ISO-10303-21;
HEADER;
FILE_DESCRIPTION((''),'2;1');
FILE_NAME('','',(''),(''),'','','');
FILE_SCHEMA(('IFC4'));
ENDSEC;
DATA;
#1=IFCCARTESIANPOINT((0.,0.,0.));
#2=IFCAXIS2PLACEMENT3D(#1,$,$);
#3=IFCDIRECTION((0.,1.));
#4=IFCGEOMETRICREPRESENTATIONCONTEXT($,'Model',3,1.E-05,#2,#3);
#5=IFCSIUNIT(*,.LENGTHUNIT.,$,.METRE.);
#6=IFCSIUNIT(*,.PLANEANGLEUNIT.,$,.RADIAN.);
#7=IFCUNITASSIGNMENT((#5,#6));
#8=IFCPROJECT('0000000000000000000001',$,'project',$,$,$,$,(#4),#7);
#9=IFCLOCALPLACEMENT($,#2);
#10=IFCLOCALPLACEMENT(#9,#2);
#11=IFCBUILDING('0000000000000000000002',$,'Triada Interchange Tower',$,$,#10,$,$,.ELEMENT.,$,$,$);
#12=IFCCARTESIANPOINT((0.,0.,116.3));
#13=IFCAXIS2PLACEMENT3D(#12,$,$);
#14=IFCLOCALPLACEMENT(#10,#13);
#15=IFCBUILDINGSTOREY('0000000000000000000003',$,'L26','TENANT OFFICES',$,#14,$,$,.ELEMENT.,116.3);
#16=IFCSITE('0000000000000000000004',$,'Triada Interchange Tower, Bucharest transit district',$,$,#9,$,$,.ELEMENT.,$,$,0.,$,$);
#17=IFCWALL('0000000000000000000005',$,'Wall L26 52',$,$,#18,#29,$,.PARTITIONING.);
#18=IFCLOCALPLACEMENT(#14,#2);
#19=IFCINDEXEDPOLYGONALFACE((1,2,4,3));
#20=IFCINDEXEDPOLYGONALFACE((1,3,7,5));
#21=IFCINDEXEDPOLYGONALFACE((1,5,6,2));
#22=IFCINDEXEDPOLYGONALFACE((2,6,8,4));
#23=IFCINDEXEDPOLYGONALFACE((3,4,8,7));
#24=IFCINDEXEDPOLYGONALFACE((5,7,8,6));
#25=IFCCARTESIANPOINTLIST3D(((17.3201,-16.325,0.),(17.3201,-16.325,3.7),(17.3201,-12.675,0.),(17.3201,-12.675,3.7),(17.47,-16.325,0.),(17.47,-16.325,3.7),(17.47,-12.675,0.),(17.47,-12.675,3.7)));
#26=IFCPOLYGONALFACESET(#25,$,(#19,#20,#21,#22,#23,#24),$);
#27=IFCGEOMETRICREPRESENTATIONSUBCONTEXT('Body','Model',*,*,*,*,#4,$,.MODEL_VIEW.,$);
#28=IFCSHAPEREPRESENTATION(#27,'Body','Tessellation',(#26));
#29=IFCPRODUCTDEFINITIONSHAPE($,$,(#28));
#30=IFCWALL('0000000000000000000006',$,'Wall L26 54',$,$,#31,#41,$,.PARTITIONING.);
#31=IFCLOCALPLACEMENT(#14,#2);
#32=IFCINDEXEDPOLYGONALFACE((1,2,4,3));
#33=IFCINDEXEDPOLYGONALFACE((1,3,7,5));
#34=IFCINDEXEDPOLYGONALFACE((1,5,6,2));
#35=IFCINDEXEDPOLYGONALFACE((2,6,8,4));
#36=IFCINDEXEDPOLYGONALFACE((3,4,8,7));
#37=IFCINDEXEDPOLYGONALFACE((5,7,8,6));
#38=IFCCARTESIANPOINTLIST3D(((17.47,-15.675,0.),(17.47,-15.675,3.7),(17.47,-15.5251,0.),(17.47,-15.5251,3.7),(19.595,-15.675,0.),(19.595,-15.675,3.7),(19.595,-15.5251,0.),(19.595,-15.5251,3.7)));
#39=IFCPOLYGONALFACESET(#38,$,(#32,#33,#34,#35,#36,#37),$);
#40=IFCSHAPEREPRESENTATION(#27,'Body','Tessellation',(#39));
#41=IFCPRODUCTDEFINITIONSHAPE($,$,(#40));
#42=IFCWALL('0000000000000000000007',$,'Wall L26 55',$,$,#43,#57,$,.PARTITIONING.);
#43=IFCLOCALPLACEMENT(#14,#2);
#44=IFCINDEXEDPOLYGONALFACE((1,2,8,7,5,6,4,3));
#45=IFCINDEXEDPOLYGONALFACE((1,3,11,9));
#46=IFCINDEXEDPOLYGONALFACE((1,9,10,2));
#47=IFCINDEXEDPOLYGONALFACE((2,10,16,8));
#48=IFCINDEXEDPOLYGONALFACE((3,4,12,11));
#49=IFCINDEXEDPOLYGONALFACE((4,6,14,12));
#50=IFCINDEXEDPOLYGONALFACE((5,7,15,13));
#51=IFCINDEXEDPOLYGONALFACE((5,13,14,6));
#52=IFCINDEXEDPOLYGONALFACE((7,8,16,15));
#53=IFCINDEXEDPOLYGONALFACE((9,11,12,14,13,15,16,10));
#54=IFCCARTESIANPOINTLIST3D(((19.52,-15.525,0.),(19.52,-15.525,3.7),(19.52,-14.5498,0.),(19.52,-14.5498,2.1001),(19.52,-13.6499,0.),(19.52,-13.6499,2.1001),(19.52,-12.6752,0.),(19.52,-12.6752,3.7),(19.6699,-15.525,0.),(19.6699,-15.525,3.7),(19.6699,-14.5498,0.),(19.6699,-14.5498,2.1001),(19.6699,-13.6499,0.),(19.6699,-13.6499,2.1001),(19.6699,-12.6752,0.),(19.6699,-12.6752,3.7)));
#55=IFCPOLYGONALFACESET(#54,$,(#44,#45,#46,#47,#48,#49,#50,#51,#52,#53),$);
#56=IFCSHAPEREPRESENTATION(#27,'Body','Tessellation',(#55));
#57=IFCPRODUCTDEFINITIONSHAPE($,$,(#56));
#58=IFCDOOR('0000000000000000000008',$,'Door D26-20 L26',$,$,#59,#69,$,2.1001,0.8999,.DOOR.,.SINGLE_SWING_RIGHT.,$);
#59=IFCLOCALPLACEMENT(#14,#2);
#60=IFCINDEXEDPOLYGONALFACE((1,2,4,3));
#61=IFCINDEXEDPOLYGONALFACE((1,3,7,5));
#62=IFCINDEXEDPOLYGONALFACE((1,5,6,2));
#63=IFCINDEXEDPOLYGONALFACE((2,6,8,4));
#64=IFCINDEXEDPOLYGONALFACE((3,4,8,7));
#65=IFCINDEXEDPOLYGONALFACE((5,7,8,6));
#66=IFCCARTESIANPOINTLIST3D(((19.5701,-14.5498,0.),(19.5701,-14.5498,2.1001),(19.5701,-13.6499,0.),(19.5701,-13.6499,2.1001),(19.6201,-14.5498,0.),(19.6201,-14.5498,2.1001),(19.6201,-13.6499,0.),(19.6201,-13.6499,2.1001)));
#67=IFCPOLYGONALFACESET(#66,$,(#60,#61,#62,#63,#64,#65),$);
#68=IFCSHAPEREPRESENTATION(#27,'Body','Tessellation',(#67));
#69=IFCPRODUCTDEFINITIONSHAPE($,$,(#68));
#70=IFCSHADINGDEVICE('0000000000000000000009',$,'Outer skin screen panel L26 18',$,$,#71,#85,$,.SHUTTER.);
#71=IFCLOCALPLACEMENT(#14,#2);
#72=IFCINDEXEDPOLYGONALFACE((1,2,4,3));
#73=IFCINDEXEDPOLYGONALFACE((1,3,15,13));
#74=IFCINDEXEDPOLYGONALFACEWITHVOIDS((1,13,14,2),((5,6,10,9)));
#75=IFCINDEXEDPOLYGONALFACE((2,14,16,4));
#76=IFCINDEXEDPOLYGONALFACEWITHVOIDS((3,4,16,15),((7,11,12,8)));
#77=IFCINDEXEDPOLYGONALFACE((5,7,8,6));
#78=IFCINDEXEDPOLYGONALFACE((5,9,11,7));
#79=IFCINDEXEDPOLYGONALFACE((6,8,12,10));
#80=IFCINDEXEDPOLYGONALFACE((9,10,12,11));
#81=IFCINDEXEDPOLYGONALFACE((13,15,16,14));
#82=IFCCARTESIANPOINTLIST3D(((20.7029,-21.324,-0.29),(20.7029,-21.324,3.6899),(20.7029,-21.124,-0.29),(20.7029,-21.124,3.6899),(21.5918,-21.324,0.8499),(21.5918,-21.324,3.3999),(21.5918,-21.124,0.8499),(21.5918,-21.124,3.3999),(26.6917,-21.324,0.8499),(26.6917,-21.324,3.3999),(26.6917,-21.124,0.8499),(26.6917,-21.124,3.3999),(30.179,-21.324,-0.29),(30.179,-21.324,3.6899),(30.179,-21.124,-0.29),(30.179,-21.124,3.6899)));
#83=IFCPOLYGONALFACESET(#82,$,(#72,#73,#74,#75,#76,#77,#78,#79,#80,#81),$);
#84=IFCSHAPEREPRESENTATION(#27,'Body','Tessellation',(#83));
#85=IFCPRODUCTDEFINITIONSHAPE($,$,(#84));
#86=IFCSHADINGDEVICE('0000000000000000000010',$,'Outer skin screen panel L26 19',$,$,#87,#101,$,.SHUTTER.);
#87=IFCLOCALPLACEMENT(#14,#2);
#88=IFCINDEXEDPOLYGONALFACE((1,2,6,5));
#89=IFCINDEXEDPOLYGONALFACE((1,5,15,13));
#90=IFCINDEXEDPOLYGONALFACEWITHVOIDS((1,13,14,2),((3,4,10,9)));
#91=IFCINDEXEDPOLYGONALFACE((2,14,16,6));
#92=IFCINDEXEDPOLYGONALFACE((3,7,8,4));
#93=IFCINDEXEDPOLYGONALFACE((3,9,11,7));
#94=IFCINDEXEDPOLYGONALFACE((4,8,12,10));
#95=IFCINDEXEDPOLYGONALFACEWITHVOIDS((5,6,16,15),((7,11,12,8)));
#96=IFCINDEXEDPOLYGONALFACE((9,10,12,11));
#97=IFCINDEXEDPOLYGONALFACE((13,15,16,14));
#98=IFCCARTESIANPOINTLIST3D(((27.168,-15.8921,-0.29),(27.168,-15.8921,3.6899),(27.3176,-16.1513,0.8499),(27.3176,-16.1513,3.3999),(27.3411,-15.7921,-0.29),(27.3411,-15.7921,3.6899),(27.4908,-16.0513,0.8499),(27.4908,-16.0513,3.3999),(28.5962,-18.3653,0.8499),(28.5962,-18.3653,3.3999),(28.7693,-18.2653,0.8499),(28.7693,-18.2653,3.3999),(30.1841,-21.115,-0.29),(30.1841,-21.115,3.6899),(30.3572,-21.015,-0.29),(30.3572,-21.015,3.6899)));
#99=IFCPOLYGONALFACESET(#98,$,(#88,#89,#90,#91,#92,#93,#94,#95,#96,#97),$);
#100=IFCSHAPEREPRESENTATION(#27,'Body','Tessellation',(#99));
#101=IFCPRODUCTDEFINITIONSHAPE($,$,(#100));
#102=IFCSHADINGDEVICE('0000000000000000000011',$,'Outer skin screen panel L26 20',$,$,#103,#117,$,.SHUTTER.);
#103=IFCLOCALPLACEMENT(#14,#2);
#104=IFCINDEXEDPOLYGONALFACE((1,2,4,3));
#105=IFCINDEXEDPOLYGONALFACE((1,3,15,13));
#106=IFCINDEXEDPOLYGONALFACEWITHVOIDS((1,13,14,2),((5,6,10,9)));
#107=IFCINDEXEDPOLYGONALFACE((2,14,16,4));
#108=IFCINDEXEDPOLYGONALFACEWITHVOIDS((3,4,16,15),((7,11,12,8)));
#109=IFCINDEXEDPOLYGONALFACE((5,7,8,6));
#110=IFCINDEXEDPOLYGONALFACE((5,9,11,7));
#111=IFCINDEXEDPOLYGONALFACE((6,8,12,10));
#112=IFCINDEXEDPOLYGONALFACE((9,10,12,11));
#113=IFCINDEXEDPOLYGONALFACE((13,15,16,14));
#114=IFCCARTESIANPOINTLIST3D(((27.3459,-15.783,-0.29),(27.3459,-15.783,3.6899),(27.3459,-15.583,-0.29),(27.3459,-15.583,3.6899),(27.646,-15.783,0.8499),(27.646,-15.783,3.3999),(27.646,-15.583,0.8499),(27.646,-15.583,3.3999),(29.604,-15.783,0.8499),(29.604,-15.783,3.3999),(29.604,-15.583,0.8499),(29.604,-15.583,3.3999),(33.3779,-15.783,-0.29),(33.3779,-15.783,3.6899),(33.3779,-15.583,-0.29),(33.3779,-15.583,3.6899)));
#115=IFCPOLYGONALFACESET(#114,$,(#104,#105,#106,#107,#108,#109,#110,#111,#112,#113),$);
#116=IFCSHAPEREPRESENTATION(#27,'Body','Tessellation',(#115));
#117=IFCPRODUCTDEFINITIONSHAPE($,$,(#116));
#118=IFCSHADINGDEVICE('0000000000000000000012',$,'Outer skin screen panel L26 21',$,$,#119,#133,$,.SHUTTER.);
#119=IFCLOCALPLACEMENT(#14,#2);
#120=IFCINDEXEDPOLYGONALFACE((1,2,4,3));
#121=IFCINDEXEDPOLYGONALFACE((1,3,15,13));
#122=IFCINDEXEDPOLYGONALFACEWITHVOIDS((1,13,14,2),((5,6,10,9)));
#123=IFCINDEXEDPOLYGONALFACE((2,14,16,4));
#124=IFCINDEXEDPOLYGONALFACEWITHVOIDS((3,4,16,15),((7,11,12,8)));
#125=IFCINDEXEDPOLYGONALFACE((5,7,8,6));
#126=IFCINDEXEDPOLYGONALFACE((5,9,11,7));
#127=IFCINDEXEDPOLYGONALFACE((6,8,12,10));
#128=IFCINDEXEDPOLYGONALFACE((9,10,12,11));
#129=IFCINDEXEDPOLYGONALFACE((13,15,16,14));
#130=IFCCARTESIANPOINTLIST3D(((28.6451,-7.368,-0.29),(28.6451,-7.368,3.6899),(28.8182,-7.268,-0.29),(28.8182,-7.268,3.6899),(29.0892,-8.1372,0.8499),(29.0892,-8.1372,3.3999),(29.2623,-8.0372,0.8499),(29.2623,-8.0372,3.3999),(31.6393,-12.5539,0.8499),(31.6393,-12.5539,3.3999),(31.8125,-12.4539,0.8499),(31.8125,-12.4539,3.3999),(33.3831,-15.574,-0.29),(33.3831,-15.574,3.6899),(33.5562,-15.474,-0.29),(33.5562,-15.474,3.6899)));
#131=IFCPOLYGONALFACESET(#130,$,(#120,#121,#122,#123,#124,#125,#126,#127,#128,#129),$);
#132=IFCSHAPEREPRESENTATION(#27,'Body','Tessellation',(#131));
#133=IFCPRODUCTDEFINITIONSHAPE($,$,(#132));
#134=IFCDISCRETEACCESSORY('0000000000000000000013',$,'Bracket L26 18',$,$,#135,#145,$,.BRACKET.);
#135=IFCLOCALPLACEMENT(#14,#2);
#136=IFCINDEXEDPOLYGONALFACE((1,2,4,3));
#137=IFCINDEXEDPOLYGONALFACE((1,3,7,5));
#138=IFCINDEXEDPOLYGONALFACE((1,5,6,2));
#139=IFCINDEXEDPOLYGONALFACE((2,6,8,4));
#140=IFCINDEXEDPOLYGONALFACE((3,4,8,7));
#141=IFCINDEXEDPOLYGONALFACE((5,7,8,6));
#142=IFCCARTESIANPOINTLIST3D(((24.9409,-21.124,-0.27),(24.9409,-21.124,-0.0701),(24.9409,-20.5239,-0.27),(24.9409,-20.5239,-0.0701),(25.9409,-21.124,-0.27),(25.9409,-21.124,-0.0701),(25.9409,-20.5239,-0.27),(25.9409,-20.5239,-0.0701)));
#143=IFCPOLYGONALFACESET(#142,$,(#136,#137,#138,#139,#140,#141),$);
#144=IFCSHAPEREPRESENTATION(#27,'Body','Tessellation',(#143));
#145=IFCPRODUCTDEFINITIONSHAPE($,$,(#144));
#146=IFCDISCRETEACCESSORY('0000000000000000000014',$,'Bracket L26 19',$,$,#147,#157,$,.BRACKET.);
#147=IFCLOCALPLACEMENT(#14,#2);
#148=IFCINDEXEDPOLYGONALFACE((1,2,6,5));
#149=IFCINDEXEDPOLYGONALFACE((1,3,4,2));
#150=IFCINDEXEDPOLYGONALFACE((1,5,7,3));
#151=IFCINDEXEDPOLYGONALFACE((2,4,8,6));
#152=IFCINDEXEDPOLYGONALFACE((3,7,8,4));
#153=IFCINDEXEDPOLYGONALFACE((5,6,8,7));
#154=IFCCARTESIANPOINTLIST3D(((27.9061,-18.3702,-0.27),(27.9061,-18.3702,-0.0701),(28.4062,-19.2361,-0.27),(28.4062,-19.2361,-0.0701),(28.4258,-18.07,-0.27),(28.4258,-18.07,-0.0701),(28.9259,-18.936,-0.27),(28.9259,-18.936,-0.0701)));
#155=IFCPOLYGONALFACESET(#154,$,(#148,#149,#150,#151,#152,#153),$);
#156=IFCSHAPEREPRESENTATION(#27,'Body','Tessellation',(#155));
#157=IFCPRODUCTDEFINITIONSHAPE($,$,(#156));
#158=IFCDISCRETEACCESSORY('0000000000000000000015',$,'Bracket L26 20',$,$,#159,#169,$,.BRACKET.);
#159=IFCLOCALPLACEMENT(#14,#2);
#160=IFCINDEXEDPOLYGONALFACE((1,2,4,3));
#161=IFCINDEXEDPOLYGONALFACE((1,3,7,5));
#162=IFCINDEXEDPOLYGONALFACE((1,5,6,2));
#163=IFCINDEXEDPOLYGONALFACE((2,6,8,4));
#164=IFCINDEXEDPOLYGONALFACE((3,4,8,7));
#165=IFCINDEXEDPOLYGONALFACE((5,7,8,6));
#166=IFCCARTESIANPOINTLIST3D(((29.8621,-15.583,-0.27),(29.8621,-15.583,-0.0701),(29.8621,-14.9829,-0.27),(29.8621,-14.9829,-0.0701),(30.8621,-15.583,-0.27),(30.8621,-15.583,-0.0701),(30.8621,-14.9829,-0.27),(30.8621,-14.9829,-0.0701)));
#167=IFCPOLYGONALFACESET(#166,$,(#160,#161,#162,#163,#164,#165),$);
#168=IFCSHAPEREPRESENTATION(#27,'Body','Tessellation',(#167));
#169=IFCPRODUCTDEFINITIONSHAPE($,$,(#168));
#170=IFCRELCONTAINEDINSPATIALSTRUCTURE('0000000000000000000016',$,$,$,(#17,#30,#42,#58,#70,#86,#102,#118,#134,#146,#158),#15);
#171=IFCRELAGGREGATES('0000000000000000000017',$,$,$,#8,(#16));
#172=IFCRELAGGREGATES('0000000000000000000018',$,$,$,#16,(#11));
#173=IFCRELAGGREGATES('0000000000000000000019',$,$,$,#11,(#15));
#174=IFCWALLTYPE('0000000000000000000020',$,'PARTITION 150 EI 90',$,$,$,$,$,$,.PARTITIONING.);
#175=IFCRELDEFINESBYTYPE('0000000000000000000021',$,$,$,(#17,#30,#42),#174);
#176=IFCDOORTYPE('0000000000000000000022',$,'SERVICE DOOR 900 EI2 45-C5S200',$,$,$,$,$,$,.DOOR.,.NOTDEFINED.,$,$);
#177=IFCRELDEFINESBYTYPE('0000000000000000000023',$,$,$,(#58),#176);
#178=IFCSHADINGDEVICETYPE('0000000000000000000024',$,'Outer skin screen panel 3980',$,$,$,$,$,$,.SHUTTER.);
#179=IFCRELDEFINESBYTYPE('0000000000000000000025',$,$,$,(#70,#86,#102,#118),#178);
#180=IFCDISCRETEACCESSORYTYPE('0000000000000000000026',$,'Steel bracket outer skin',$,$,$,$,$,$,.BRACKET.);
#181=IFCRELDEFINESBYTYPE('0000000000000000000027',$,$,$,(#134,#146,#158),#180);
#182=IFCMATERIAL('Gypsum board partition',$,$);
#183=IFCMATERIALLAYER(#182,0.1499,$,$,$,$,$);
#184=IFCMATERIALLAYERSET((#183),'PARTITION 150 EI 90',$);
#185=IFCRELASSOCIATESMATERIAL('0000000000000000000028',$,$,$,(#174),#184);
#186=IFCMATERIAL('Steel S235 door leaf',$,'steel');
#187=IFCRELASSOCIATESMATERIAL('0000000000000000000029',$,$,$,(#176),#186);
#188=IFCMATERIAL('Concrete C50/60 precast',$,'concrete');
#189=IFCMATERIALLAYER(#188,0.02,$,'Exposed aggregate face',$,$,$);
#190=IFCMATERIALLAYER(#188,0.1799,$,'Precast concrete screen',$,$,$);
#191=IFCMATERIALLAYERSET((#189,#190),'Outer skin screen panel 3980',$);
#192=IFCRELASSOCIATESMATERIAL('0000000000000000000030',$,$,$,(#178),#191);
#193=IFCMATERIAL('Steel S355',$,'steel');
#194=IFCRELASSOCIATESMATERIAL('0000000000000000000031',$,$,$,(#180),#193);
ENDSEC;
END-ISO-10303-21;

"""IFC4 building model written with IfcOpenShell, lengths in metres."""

from ifc_helpers import new_model, si_unit, direction, frame, frame_2d, origin, origin_2d, place, context, subcontext, project, spatial, polyline, rectangle, outline, extrude, material, layer, layer_set, type_object, element, fill, save


model = new_model("IFC4")

# Units and contexts
model_context = context("Model", 3, precision=1e-05, world=origin(), true_north=direction((0.0, 1.0)))
body_context = subcontext(model_context, "Body", "Model", "MODEL_VIEW")
ifc_project = project(units=[si_unit("LENGTHUNIT", "METRE"), si_unit("PLANEANGLEUNIT", "RADIAN")], contexts=[model_context])

# Site, building, storey
site_placement = place(None, origin())
site = spatial("IfcSite", under=ifc_project, at=site_placement, Name="Triada Interchange Tower, Bucharest transit district", CompositionType="ELEMENT", RefElevation=0.0)
building_placement = place(site_placement, origin())
building = spatial("IfcBuilding", under=site, at=building_placement, Name="Triada Interchange Tower", CompositionType="ELEMENT")
storey_placement = place(building_placement, frame((0.0, 0.0, 116.3)))
storey = spatial("IfcBuildingStorey", under=building, at=storey_placement, Name="L26", Description="TENANT OFFICES", CompositionType="ELEMENT", Elevation=116.3)

# Walls
ifc_material_1 = material(Name="Gypsum board partition")
ifc_layer_1 = layer(ifc_material_1, 0.1499)
ifc_layer_set_1 = layer_set([ifc_layer_1], Name="PARTITION 150 EI 90")
wall_type_1 = type_object("IfcWallType", Name="PARTITION 150 EI 90", PredefinedType="PARTITIONING", material=ifc_layer_set_1)
wall_1_placement = place(storey_placement, frame((17.395, -16.325, 0.0), z_axis=(0.0, 0.0, 1.0), x_axis=(0.0, 1.0, 0.0)))
element("IfcWall", 1, at=wall_1_placement, inside=storey, type_object=wall_type_1, Name="Wall L26 52", PredefinedType="PARTITIONING", context=body_context, shape_type="SweptSolid", body=[
    extrude(rectangle(XDim=3.6499, YDim=0.1499, at=frame_2d((1.825, 0.0))), origin(), (0.0, 0.0, 1.0), 3.7),
])
wall_2_placement = place(storey_placement, frame((17.47, -15.6001, 0.0), z_axis=(0.0, 0.0, 1.0), x_axis=(1.0, 0.0, 0.0)))
element("IfcWall", 2, at=wall_2_placement, inside=storey, type_object=wall_type_1, Name="Wall L26 54", PredefinedType="PARTITIONING", context=body_context, shape_type="SweptSolid", body=[
    extrude(rectangle(XDim=2.125, YDim=0.1499, at=frame_2d((1.0625, 0.0))), origin(), (0.0, 0.0, 1.0), 3.7),
])

# Wall, opening, door
wall_3_placement = place(storey_placement, frame((19.595, -15.5249, 0.0), z_axis=(0.0, 0.0, 1.0), x_axis=(0.0, 1.0, 0.0)))
wall_3 = element("IfcWall", 3, at=wall_3_placement, inside=storey, type_object=wall_type_1, Name="Wall L26 55", PredefinedType="PARTITIONING", context=body_context, shape_type="SweptSolid", body=[
    extrude(rectangle(XDim=2.8499, YDim=0.1499, at=frame_2d((1.4248, 0.0))), origin(), (0.0, 0.0, 1.0), 3.7),
])
opening_1_placement = place(wall_3_placement, frame((0.9751, 0.0, 0.0)))
opening_1 = element("IfcOpeningElement", 4, at=opening_1_placement, cuts=wall_3, PredefinedType="OPENING", context=body_context, shape_type="SweptSolid", body=[
    extrude(rectangle(XDim=0.8999, YDim=2.1001, at=frame_2d((0.45, 1.05))), frame((0.0, 0.085, 0.0), z_axis=(0.0, -1.0, 0.0), x_axis=(1.0, 0.0, 0.0)), (0.0, 0.0, 1.0), 0.1699),
])
ifc_material_2 = material(Name="Steel S235 door leaf", Category="steel")
door_type = type_object("IfcDoorType", Name="SERVICE DOOR 900 EI2 45-C5S200", OperationType="NOTDEFINED", PredefinedType="DOOR", material=ifc_material_2)
door_placement = place(opening_1_placement, origin())
door = element("IfcDoor", 5, at=door_placement, inside=storey, type_object=door_type, Name="Door D26-20 L26", OperationType="SINGLE_SWING_RIGHT", OverallHeight=2.1001, OverallWidth=0.8999, PredefinedType="DOOR", context=body_context, shape_type="SweptSolid", body=[
    extrude(rectangle(XDim=0.8999, YDim=2.1001, at=frame_2d((0.45, 1.05))), frame((0.0, 0.0249, 0.0), z_axis=(0.0, -1.0, 0.0), x_axis=(1.0, 0.0, 0.0)), (0.0, 0.0, 1.0), 0.05),
])
fill(opening_1, door)

# Shading devices
ifc_material_3 = material(Name="Concrete C50/60 precast", Category="concrete")
ifc_layer_2 = layer(ifc_material_3, 0.02, Name="Exposed aggregate face")
ifc_layer_3 = layer(ifc_material_3, 0.1799, Name="Precast concrete screen")
ifc_layer_set_2 = layer_set([ifc_layer_2, ifc_layer_3], Name="Outer skin screen panel 3980")
shading_device_type = type_object("IfcShadingDeviceType", Name="Outer skin screen panel 3980", PredefinedType="SHUTTER", material=ifc_layer_set_2)
shading_device_1_placement = place(storey_placement, frame((20.7029, -21.124, -0.29), z_axis=(0.0, 0.0, 1.0), x_axis=(1.0, 0.0, 0.0)))
element("IfcShadingDevice", 6, at=shading_device_1_placement, inside=storey, type_object=shading_device_type, Name="Outer skin screen panel L26 18", PredefinedType="SHUTTER", context=body_context, shape_type="SweptSolid", body=[
    extrude(outline(polyline([(0.0, 0.0), (9.4761, 0.0), (9.4761, 3.98), (0.0, 3.98), (0.0, 0.0)]), holes=[polyline([(0.8889, 1.1399), (0.8889, 3.6899), (5.9888, 3.6899), (5.9888, 1.1399), (0.8889, 1.1399)])]), frame((0.0, 0.0, 0.0), z_axis=(0.0, -1.0, 0.0), x_axis=(1.0, 0.0, 0.0)), (0.0, 0.0, 1.0), 0.2),
])
shading_device_2_placement = place(storey_placement, frame((30.1841, -21.115, -0.29), z_axis=(0.0, 0.0, 1.0), x_axis=(-0.500083, 0.865977, 0.0)))
element("IfcShadingDevice", 7, at=shading_device_2_placement, inside=storey, type_object=shading_device_type, Name="Outer skin screen panel L26 19", PredefinedType="SHUTTER", context=body_context, shape_type="SweptSolid", body=[
    extrude(outline(polyline([(0.0, 0.0), (6.0312, 0.0), (6.0312, 3.98), (0.0, 3.98), (0.0, 0.0)]), holes=[polyline([(3.1753, 1.1399), (3.1753, 3.6899), (5.7319, 3.6899), (5.7319, 1.1399), (3.1753, 1.1399)])]), frame((0.0, 0.0, 0.0), z_axis=(0.0, -1.0, 0.0), x_axis=(1.0, 0.0, 0.0)), (0.0, 0.0, 1.0), 0.2),
])
shading_device_3_placement = place(storey_placement, frame((27.3459, -15.583, -0.29), z_axis=(0.0, 0.0, 1.0), x_axis=(1.0, 0.0, 0.0)))
element("IfcShadingDevice", 8, at=shading_device_3_placement, inside=storey, type_object=shading_device_type, Name="Outer skin screen panel L26 20", PredefinedType="SHUTTER", context=body_context, shape_type="SweptSolid", body=[
    extrude(outline(polyline([(0.0, 0.0), (6.032, 0.0), (6.032, 3.98), (0.0, 3.98), (0.0, 0.0)]), holes=[polyline([(0.3, 1.1399), (0.3, 3.6899), (2.2581, 3.6899), (2.2581, 1.1399), (0.3, 1.1399)])]), frame((0.0, 0.0, 0.0), z_axis=(0.0, -1.0, 0.0), x_axis=(1.0, 0.0, 0.0)), (0.0, 0.0, 1.0), 0.2),
])
shading_device_4_placement = place(storey_placement, frame((33.3831, -15.574, -0.29), z_axis=(0.0, 0.0, 1.0), x_axis=(-0.500021, 0.866013, 0.0)))
element("IfcShadingDevice", 9, at=shading_device_4_placement, inside=storey, type_object=shading_device_type, Name="Outer skin screen panel L26 21", PredefinedType="SHUTTER", context=body_context, shape_type="SweptSolid", body=[
    extrude(outline(polyline([(0.0, 0.0), (9.4756, 0.0), (9.4756, 3.98), (0.0, 3.98), (0.0, 0.0)]), holes=[polyline([(3.4873, 1.1399), (3.4873, 3.6899), (8.5874, 3.6899), (8.5874, 1.1399), (3.4873, 1.1399)])]), frame((0.0, 0.0, 0.0), z_axis=(0.0, -1.0, 0.0), x_axis=(1.0, 0.0, 0.0)), (0.0, 0.0, 1.0), 0.2),
])

# Discrete accessories
ifc_material_4 = material(Name="Steel S355", Category="steel")
discrete_accessory_type = type_object("IfcDiscreteAccessoryType", Name="Steel bracket outer skin", PredefinedType="BRACKET", material=ifc_material_4)
for number, where, z_axis, x_axis, name in (
    (10, (25.4409, -20.824, -0.27), (0.0, 0.0, 1.0), (0.0, -1.0, 0.0), "Bracket L26 18"),
    (11, (28.416, -18.6531, -0.27), (0.0, 0.0, 1.0), (0.865964, 0.500106, 0.0), "Bracket L26 19"),
    (12, (30.3621, -15.283, -0.27), (0.0, 0.0, 1.0), (0.0, -1.0, 0.0), "Bracket L26 20"),
):
    element("IfcDiscreteAccessory", number, at=place(storey_placement, frame(where, z_axis=z_axis, x_axis=x_axis)), inside=storey, type_object=discrete_accessory_type, Name=name, PredefinedType="BRACKET", context=body_context, shape_type="SweptSolid", body=[
        extrude(rectangle(XDim=0.6001, YDim=1.0, at=origin_2d()), origin(), (0.0, 0.0, 1.0), 0.2),
    ])

save(model, "model.ifc")
